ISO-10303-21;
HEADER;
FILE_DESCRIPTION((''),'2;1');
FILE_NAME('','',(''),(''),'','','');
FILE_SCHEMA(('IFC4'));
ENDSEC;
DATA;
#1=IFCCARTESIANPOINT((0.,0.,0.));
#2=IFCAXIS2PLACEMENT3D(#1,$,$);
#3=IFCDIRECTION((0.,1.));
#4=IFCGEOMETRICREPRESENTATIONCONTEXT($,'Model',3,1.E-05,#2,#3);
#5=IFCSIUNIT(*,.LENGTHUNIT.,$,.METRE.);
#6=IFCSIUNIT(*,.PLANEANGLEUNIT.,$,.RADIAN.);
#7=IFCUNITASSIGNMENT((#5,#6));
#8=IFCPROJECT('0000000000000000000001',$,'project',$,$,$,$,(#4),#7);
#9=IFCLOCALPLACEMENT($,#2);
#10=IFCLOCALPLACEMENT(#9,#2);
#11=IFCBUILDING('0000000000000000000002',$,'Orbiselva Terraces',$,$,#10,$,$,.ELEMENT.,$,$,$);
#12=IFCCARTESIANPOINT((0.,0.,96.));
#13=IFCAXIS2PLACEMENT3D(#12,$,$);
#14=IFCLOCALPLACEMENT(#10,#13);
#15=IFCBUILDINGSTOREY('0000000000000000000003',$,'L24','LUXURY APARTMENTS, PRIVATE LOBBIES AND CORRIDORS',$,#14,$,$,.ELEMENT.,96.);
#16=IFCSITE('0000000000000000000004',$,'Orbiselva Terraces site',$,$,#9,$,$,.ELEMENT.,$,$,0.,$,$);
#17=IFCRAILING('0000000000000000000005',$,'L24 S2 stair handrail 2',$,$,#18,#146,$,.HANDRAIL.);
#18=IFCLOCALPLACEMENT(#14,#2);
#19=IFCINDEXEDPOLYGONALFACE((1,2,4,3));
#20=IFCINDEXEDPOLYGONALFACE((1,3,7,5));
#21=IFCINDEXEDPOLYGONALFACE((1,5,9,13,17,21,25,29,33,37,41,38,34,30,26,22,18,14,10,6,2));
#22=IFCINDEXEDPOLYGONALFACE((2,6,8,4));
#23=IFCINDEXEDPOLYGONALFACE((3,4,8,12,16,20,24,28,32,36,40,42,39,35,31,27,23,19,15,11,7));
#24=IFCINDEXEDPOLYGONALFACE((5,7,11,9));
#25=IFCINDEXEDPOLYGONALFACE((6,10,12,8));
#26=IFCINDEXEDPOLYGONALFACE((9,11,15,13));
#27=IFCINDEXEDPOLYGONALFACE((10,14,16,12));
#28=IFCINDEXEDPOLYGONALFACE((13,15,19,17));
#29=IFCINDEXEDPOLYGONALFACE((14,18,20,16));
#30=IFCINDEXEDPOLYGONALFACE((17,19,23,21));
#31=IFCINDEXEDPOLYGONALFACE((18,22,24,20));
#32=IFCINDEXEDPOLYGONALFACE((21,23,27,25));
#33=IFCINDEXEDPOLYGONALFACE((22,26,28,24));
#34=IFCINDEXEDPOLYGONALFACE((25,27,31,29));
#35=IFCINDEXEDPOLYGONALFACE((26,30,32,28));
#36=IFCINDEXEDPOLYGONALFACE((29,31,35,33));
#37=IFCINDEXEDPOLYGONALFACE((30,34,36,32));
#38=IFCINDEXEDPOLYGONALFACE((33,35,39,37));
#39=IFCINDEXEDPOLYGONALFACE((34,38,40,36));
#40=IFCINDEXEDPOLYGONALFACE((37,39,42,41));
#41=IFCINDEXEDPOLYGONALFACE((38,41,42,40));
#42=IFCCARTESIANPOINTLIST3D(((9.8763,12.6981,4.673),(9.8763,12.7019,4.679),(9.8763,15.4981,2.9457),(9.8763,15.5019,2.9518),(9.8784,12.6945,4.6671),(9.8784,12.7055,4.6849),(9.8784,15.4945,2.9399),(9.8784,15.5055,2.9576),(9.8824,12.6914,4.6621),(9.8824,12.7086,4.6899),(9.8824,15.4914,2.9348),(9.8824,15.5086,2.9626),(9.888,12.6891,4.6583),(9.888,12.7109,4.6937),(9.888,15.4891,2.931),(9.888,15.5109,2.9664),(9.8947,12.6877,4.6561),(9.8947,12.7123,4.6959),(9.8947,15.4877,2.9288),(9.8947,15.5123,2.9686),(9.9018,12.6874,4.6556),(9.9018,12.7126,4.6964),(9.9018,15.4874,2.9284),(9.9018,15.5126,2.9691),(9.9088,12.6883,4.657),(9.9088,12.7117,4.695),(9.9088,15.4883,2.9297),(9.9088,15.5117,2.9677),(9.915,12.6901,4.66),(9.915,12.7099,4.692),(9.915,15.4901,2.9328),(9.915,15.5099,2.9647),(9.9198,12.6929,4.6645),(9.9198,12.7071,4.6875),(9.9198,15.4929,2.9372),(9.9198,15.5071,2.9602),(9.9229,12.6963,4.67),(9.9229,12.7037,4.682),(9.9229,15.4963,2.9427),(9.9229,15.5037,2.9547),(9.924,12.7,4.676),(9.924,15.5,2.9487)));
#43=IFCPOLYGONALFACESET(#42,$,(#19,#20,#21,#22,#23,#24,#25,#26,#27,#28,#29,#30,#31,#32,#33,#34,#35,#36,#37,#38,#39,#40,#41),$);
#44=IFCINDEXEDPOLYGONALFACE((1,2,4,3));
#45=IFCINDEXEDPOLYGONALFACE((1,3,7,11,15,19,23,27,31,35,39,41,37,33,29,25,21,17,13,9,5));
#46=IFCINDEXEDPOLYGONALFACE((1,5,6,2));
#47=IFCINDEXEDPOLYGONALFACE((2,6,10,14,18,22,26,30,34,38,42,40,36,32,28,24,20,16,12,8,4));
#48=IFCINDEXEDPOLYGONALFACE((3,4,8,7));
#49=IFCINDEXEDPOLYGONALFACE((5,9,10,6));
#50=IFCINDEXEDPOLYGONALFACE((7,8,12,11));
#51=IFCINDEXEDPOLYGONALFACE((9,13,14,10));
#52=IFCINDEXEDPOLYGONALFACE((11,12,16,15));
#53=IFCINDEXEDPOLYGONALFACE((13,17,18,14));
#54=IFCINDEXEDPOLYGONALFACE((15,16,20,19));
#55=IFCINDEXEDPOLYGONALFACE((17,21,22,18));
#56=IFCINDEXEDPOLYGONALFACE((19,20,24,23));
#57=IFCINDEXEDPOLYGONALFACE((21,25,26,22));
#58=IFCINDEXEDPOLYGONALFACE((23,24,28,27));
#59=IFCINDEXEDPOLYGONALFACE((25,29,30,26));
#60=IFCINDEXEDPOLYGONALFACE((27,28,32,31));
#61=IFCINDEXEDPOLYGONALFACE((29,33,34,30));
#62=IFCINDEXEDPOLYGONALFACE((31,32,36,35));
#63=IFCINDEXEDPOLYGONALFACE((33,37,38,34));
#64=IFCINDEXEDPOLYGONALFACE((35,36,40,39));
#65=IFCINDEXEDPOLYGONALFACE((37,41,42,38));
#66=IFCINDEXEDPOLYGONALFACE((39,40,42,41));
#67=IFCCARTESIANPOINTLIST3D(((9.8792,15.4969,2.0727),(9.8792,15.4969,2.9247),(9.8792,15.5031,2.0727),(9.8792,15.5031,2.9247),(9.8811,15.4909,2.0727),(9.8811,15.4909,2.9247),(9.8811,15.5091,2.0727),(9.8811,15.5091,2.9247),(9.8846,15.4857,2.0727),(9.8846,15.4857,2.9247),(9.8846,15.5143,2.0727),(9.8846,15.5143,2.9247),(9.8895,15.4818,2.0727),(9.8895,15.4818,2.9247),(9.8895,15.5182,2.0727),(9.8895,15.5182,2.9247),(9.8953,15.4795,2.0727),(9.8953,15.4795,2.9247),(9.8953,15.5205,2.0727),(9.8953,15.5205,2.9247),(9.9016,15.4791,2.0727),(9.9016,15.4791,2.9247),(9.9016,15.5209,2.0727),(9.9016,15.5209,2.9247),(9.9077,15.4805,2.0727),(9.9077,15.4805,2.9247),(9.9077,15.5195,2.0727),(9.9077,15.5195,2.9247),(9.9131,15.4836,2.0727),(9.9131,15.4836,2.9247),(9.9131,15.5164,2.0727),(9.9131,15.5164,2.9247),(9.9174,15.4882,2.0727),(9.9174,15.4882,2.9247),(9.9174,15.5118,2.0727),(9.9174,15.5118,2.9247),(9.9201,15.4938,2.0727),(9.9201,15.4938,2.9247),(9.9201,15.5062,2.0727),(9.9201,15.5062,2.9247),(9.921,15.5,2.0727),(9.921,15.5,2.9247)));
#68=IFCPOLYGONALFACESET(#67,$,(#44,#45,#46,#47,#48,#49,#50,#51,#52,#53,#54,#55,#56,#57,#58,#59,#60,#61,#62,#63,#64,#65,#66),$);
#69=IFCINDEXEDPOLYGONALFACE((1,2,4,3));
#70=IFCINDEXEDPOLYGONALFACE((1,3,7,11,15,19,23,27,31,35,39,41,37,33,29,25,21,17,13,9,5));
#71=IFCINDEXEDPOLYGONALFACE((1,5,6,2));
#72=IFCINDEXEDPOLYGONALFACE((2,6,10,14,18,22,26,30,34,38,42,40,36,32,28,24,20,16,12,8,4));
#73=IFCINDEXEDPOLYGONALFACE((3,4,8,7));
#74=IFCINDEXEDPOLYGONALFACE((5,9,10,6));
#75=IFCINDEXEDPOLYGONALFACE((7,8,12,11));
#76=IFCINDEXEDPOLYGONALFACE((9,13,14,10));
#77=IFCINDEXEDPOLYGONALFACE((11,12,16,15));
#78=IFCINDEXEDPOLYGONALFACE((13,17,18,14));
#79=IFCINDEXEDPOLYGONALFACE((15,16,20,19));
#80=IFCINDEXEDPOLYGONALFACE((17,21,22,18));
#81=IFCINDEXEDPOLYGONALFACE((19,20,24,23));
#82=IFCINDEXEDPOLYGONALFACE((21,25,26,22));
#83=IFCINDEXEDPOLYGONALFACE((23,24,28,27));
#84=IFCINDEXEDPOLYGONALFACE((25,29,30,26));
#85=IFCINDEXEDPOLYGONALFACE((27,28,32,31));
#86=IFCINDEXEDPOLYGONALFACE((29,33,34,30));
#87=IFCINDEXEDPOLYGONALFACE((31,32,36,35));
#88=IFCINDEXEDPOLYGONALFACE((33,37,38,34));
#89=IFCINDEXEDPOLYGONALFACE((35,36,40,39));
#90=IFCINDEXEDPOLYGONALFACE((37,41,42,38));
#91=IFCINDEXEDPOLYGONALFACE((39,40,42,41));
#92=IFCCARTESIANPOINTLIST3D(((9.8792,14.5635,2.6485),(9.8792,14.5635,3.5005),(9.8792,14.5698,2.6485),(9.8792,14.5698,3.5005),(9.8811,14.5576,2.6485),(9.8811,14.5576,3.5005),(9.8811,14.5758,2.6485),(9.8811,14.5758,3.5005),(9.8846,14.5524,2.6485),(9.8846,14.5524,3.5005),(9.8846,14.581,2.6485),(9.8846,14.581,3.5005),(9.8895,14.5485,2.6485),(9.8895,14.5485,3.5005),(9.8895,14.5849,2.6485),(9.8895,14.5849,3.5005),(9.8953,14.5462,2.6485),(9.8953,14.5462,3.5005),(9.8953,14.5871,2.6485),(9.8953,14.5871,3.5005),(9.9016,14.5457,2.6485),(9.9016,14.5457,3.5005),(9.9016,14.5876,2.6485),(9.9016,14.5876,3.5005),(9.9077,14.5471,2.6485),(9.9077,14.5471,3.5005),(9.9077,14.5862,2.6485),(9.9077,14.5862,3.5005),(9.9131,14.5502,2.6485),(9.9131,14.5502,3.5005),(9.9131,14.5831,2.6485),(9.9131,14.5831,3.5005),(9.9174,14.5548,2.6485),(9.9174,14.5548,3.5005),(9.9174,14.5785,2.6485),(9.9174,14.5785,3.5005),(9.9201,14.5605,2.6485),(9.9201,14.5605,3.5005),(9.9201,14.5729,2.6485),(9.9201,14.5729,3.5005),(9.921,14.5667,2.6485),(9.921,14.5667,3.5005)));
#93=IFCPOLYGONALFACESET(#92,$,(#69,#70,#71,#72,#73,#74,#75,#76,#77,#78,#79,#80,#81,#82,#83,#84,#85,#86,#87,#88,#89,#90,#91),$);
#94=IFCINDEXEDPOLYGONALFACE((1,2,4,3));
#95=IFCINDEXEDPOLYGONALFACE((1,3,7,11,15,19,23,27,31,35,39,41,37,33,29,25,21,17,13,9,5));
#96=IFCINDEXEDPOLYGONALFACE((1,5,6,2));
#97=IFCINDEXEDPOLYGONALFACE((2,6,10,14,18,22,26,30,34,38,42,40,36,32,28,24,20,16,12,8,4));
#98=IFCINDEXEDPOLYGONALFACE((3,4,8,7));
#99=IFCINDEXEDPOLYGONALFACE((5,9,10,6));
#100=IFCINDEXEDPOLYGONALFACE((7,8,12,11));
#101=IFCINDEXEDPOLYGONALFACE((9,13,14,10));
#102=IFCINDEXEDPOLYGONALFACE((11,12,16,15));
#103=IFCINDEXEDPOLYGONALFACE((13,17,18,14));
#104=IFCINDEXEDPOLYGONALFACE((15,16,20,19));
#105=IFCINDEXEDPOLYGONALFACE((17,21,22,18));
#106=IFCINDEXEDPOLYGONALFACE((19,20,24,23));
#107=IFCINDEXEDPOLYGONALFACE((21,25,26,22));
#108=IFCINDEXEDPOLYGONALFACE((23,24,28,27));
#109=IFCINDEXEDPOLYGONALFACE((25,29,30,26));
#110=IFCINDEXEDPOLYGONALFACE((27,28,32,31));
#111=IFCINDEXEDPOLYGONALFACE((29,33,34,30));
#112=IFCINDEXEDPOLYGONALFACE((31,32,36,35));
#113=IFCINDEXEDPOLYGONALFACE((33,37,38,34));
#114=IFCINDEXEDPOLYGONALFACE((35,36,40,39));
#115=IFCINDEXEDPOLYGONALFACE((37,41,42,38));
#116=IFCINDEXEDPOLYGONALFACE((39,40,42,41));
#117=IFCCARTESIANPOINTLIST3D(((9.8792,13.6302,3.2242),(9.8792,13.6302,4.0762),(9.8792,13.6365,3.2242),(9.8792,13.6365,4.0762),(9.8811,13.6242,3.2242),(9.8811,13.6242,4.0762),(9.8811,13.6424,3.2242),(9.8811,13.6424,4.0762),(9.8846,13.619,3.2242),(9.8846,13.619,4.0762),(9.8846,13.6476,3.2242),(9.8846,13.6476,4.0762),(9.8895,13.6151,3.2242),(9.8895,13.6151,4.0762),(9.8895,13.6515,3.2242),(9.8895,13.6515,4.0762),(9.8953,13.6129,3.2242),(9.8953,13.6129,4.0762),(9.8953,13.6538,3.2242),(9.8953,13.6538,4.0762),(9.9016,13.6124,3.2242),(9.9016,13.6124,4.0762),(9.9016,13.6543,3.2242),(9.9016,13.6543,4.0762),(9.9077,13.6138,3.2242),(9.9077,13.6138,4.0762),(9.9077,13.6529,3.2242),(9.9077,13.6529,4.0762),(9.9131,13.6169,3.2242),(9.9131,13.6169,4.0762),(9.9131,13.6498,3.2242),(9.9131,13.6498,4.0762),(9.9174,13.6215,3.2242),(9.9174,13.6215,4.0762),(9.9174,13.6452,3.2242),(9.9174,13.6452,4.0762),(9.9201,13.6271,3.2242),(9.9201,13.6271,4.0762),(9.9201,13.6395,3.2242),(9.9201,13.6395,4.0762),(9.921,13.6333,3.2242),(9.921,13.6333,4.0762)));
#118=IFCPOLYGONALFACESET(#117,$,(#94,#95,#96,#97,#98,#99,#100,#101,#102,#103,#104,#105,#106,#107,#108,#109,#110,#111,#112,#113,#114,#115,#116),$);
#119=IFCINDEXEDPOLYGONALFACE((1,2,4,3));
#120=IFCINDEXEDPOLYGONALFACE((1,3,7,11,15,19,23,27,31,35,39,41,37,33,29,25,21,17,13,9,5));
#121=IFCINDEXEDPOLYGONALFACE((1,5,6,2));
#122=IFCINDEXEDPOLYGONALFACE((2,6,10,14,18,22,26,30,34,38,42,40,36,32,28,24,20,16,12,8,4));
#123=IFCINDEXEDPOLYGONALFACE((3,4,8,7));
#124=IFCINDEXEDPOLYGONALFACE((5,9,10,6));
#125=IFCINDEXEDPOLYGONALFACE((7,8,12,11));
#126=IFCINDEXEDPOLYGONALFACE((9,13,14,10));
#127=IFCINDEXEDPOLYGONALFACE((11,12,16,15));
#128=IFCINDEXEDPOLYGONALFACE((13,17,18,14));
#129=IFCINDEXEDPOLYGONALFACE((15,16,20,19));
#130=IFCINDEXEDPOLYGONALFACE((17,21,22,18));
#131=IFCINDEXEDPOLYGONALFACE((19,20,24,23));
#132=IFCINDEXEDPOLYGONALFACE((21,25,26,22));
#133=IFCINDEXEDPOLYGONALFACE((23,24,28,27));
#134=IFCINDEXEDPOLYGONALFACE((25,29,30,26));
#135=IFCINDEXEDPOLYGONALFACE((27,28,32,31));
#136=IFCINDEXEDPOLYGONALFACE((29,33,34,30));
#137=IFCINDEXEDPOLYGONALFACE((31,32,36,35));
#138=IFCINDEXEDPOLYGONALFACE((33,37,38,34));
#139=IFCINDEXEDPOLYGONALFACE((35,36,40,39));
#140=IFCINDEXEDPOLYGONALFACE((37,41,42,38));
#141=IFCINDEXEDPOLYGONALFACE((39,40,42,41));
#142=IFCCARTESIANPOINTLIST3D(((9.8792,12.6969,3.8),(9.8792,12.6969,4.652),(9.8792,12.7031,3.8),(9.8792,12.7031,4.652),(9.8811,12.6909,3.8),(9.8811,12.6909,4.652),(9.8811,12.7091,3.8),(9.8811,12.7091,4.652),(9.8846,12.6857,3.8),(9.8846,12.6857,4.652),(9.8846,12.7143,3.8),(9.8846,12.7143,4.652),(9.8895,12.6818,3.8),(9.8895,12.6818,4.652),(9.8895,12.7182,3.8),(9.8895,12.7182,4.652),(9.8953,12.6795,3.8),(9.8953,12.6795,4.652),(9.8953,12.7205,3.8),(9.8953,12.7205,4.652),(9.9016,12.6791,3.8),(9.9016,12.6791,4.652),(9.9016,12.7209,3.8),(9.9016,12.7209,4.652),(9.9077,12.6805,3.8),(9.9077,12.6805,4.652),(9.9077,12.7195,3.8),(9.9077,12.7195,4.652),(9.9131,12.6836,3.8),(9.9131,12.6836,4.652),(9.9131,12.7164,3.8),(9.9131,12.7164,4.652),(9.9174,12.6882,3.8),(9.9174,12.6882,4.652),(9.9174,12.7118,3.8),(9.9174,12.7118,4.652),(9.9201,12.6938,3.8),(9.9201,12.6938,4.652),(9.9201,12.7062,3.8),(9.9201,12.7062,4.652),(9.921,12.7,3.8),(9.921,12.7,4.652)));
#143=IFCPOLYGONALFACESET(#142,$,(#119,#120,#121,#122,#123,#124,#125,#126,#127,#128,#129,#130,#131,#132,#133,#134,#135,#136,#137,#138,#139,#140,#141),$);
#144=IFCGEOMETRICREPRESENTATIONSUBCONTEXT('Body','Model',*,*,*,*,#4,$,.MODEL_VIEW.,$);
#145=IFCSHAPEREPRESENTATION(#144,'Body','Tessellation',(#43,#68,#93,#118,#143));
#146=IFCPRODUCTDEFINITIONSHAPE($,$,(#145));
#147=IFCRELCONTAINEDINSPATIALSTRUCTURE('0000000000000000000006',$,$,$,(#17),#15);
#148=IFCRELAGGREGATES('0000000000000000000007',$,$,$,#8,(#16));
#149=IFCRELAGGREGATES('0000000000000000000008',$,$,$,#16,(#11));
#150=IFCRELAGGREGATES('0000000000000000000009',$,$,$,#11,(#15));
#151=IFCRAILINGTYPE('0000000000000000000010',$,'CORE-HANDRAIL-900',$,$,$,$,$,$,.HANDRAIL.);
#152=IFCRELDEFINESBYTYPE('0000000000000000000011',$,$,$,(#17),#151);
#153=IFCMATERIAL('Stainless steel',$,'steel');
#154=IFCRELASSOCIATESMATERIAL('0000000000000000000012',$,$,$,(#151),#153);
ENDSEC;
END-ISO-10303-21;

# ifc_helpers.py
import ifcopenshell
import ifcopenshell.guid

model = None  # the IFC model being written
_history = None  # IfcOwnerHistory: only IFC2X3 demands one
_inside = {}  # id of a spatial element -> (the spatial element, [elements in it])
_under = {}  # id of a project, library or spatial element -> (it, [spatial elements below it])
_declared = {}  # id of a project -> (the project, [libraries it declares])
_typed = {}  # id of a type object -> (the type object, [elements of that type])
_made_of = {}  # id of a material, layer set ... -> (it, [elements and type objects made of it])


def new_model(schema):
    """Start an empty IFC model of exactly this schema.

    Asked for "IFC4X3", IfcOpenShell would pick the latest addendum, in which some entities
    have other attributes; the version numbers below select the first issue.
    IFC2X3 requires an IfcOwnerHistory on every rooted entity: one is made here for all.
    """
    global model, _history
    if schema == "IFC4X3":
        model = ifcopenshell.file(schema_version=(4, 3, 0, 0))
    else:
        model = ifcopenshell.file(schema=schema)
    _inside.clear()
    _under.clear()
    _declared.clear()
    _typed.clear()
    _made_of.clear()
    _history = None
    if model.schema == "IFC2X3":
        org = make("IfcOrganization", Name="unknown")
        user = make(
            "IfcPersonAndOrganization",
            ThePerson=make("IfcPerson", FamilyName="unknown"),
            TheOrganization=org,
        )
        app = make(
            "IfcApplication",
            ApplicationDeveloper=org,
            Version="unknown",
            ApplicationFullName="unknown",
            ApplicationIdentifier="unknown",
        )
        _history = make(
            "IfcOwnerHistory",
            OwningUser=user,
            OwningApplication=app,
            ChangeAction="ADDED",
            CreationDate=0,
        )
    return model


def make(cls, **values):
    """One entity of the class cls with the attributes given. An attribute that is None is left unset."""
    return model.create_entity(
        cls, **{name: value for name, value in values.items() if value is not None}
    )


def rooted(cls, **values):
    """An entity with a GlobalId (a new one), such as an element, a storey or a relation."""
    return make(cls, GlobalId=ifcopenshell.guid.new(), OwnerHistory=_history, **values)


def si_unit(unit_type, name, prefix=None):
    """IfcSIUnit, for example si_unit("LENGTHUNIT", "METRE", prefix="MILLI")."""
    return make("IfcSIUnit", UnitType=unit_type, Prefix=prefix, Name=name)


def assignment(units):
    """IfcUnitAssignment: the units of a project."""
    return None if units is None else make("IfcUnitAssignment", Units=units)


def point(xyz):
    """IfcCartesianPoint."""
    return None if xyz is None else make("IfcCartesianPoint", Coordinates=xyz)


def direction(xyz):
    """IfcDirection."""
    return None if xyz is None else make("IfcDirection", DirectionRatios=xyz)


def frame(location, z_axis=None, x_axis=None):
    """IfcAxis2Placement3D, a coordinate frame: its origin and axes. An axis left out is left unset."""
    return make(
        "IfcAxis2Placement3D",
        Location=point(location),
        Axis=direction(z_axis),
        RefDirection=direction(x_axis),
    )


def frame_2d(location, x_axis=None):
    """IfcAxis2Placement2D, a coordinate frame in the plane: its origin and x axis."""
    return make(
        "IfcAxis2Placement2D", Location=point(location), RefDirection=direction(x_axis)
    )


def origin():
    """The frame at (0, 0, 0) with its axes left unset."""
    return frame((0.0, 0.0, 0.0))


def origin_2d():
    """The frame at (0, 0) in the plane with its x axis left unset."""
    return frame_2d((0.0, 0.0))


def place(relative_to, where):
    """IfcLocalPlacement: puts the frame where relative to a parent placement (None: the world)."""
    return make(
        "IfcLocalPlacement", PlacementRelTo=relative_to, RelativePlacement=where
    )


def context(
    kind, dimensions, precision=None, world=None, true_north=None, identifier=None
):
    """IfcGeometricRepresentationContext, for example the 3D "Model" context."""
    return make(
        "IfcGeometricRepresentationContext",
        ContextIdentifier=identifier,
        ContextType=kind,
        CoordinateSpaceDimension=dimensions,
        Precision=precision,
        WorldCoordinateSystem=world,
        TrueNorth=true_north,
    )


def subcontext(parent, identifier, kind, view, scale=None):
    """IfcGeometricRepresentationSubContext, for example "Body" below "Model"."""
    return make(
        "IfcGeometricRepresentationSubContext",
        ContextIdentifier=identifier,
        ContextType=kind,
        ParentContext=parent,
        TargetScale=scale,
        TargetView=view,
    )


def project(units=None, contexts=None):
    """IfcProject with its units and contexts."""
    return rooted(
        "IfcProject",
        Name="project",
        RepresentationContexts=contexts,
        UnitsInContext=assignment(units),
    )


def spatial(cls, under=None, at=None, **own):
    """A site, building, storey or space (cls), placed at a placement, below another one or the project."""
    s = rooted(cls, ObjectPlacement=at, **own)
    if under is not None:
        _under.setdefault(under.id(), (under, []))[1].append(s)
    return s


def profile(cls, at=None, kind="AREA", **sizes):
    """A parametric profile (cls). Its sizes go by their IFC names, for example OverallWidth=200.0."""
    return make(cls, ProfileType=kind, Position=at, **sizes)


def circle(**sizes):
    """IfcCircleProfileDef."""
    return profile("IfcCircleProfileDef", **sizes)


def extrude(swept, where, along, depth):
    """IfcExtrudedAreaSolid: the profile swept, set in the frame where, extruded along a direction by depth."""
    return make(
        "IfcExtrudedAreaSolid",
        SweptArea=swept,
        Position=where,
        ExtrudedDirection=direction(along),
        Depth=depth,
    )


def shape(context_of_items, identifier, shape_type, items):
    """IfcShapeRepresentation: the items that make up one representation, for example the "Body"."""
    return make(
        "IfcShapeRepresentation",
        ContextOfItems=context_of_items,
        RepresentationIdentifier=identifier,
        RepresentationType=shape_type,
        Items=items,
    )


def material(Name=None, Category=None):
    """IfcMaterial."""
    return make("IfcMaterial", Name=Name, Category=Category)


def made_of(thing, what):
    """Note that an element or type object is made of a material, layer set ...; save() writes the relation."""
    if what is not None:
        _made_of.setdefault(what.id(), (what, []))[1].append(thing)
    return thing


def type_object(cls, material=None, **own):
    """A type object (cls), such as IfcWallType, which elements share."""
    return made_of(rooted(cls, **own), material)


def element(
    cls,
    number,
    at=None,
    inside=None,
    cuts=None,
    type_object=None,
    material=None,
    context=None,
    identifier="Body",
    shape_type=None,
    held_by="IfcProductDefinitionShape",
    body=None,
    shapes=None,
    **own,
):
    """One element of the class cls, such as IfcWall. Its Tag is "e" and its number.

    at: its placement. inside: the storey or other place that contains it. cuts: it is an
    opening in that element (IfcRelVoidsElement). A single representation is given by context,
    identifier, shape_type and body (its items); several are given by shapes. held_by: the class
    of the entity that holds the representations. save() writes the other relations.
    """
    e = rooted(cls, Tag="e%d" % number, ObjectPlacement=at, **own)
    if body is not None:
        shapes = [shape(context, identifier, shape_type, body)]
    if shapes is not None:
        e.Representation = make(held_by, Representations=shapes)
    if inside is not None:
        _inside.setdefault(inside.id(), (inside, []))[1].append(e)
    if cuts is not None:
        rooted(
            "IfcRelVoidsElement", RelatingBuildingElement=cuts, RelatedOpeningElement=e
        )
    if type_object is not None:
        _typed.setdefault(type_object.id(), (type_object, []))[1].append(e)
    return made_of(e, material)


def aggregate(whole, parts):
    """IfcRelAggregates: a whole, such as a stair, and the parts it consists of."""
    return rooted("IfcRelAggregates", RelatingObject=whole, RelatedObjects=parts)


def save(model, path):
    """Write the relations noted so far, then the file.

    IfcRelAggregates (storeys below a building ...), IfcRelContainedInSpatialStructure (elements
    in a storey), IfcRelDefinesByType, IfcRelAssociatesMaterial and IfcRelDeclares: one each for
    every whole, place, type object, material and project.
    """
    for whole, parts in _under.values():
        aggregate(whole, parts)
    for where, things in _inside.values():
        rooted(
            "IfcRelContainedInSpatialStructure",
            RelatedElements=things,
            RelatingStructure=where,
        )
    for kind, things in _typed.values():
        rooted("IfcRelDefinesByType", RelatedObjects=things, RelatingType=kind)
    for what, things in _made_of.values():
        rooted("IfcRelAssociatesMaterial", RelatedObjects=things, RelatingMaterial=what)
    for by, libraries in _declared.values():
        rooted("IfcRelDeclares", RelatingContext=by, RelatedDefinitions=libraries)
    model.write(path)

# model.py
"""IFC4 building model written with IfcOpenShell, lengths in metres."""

from ifc_helpers import new_model, si_unit, direction, frame, origin, origin_2d, place, context, subcontext, project, spatial, circle, extrude, material, type_object, element, save


model = new_model("IFC4")

# Units and contexts
model_context = context("Model", 3, precision=1e-05, world=origin(), true_north=direction((0.0, 1.0)))
body_context = subcontext(model_context, "Body", "Model", "MODEL_VIEW")
ifc_project = project(units=[si_unit("LENGTHUNIT", "METRE"), si_unit("PLANEANGLEUNIT", "RADIAN")], contexts=[model_context])

# Site, building, storey
site_placement = place(None, origin())
site = spatial("IfcSite", under=ifc_project, at=site_placement, Name="Orbiselva Terraces site", CompositionType="ELEMENT", RefElevation=0.0)
building_placement = place(site_placement, origin())
building = spatial("IfcBuilding", under=site, at=building_placement, Name="Orbiselva Terraces", CompositionType="ELEMENT")
storey_placement = place(building_placement, frame((0.0, 0.0, 96.0)))
storey = spatial("IfcBuildingStorey", under=building, at=storey_placement, Name="L24", Description="LUXURY APARTMENTS, PRIVATE LOBBIES AND CORRIDORS", CompositionType="ELEMENT", Elevation=96.0)

# Railing
ifc_material_1 = material(Name="Stainless steel", Category="steel")
railing_type = type_object("IfcRailingType", Name="CORE-HANDRAIL-900", PredefinedType="HANDRAIL", material=ifc_material_1)
railing_placement = place(storey_placement, frame((9.9, 15.5, 2.0727)))
element("IfcRailing", 1, at=railing_placement, inside=storey, type_object=railing_type, Name="L24 S2 stair handrail 2", PredefinedType="HANDRAIL", context=body_context, shape_type="SweptSolid", body=[
    extrude(circle(Radius=0.024, at=origin_2d()), frame((0.0, 0.0, 0.876), z_axis=(0.0, -0.851089, 0.525022), x_axis=(1.0, 0.0, 0.0)), (0.0, 0.0, 1.0), 3.2899),
    extrude(circle(Radius=0.021, at=origin_2d()), origin(), (0.0, 0.0, 1.0), 0.852),
    extrude(circle(Radius=0.021, at=origin_2d()), frame((0.0, -0.9333, 0.5758)), (0.0, 0.0, 1.0), 0.852),
    extrude(circle(Radius=0.021, at=origin_2d()), frame((0.0, -1.8667, 1.1515)), (0.0, 0.0, 1.0), 0.852),
    extrude(circle(Radius=0.021, at=origin_2d()), frame((0.0, -2.8, 1.7273)), (0.0, 0.0, 1.0), 0.852),
])

save(model, "model.ifc")
